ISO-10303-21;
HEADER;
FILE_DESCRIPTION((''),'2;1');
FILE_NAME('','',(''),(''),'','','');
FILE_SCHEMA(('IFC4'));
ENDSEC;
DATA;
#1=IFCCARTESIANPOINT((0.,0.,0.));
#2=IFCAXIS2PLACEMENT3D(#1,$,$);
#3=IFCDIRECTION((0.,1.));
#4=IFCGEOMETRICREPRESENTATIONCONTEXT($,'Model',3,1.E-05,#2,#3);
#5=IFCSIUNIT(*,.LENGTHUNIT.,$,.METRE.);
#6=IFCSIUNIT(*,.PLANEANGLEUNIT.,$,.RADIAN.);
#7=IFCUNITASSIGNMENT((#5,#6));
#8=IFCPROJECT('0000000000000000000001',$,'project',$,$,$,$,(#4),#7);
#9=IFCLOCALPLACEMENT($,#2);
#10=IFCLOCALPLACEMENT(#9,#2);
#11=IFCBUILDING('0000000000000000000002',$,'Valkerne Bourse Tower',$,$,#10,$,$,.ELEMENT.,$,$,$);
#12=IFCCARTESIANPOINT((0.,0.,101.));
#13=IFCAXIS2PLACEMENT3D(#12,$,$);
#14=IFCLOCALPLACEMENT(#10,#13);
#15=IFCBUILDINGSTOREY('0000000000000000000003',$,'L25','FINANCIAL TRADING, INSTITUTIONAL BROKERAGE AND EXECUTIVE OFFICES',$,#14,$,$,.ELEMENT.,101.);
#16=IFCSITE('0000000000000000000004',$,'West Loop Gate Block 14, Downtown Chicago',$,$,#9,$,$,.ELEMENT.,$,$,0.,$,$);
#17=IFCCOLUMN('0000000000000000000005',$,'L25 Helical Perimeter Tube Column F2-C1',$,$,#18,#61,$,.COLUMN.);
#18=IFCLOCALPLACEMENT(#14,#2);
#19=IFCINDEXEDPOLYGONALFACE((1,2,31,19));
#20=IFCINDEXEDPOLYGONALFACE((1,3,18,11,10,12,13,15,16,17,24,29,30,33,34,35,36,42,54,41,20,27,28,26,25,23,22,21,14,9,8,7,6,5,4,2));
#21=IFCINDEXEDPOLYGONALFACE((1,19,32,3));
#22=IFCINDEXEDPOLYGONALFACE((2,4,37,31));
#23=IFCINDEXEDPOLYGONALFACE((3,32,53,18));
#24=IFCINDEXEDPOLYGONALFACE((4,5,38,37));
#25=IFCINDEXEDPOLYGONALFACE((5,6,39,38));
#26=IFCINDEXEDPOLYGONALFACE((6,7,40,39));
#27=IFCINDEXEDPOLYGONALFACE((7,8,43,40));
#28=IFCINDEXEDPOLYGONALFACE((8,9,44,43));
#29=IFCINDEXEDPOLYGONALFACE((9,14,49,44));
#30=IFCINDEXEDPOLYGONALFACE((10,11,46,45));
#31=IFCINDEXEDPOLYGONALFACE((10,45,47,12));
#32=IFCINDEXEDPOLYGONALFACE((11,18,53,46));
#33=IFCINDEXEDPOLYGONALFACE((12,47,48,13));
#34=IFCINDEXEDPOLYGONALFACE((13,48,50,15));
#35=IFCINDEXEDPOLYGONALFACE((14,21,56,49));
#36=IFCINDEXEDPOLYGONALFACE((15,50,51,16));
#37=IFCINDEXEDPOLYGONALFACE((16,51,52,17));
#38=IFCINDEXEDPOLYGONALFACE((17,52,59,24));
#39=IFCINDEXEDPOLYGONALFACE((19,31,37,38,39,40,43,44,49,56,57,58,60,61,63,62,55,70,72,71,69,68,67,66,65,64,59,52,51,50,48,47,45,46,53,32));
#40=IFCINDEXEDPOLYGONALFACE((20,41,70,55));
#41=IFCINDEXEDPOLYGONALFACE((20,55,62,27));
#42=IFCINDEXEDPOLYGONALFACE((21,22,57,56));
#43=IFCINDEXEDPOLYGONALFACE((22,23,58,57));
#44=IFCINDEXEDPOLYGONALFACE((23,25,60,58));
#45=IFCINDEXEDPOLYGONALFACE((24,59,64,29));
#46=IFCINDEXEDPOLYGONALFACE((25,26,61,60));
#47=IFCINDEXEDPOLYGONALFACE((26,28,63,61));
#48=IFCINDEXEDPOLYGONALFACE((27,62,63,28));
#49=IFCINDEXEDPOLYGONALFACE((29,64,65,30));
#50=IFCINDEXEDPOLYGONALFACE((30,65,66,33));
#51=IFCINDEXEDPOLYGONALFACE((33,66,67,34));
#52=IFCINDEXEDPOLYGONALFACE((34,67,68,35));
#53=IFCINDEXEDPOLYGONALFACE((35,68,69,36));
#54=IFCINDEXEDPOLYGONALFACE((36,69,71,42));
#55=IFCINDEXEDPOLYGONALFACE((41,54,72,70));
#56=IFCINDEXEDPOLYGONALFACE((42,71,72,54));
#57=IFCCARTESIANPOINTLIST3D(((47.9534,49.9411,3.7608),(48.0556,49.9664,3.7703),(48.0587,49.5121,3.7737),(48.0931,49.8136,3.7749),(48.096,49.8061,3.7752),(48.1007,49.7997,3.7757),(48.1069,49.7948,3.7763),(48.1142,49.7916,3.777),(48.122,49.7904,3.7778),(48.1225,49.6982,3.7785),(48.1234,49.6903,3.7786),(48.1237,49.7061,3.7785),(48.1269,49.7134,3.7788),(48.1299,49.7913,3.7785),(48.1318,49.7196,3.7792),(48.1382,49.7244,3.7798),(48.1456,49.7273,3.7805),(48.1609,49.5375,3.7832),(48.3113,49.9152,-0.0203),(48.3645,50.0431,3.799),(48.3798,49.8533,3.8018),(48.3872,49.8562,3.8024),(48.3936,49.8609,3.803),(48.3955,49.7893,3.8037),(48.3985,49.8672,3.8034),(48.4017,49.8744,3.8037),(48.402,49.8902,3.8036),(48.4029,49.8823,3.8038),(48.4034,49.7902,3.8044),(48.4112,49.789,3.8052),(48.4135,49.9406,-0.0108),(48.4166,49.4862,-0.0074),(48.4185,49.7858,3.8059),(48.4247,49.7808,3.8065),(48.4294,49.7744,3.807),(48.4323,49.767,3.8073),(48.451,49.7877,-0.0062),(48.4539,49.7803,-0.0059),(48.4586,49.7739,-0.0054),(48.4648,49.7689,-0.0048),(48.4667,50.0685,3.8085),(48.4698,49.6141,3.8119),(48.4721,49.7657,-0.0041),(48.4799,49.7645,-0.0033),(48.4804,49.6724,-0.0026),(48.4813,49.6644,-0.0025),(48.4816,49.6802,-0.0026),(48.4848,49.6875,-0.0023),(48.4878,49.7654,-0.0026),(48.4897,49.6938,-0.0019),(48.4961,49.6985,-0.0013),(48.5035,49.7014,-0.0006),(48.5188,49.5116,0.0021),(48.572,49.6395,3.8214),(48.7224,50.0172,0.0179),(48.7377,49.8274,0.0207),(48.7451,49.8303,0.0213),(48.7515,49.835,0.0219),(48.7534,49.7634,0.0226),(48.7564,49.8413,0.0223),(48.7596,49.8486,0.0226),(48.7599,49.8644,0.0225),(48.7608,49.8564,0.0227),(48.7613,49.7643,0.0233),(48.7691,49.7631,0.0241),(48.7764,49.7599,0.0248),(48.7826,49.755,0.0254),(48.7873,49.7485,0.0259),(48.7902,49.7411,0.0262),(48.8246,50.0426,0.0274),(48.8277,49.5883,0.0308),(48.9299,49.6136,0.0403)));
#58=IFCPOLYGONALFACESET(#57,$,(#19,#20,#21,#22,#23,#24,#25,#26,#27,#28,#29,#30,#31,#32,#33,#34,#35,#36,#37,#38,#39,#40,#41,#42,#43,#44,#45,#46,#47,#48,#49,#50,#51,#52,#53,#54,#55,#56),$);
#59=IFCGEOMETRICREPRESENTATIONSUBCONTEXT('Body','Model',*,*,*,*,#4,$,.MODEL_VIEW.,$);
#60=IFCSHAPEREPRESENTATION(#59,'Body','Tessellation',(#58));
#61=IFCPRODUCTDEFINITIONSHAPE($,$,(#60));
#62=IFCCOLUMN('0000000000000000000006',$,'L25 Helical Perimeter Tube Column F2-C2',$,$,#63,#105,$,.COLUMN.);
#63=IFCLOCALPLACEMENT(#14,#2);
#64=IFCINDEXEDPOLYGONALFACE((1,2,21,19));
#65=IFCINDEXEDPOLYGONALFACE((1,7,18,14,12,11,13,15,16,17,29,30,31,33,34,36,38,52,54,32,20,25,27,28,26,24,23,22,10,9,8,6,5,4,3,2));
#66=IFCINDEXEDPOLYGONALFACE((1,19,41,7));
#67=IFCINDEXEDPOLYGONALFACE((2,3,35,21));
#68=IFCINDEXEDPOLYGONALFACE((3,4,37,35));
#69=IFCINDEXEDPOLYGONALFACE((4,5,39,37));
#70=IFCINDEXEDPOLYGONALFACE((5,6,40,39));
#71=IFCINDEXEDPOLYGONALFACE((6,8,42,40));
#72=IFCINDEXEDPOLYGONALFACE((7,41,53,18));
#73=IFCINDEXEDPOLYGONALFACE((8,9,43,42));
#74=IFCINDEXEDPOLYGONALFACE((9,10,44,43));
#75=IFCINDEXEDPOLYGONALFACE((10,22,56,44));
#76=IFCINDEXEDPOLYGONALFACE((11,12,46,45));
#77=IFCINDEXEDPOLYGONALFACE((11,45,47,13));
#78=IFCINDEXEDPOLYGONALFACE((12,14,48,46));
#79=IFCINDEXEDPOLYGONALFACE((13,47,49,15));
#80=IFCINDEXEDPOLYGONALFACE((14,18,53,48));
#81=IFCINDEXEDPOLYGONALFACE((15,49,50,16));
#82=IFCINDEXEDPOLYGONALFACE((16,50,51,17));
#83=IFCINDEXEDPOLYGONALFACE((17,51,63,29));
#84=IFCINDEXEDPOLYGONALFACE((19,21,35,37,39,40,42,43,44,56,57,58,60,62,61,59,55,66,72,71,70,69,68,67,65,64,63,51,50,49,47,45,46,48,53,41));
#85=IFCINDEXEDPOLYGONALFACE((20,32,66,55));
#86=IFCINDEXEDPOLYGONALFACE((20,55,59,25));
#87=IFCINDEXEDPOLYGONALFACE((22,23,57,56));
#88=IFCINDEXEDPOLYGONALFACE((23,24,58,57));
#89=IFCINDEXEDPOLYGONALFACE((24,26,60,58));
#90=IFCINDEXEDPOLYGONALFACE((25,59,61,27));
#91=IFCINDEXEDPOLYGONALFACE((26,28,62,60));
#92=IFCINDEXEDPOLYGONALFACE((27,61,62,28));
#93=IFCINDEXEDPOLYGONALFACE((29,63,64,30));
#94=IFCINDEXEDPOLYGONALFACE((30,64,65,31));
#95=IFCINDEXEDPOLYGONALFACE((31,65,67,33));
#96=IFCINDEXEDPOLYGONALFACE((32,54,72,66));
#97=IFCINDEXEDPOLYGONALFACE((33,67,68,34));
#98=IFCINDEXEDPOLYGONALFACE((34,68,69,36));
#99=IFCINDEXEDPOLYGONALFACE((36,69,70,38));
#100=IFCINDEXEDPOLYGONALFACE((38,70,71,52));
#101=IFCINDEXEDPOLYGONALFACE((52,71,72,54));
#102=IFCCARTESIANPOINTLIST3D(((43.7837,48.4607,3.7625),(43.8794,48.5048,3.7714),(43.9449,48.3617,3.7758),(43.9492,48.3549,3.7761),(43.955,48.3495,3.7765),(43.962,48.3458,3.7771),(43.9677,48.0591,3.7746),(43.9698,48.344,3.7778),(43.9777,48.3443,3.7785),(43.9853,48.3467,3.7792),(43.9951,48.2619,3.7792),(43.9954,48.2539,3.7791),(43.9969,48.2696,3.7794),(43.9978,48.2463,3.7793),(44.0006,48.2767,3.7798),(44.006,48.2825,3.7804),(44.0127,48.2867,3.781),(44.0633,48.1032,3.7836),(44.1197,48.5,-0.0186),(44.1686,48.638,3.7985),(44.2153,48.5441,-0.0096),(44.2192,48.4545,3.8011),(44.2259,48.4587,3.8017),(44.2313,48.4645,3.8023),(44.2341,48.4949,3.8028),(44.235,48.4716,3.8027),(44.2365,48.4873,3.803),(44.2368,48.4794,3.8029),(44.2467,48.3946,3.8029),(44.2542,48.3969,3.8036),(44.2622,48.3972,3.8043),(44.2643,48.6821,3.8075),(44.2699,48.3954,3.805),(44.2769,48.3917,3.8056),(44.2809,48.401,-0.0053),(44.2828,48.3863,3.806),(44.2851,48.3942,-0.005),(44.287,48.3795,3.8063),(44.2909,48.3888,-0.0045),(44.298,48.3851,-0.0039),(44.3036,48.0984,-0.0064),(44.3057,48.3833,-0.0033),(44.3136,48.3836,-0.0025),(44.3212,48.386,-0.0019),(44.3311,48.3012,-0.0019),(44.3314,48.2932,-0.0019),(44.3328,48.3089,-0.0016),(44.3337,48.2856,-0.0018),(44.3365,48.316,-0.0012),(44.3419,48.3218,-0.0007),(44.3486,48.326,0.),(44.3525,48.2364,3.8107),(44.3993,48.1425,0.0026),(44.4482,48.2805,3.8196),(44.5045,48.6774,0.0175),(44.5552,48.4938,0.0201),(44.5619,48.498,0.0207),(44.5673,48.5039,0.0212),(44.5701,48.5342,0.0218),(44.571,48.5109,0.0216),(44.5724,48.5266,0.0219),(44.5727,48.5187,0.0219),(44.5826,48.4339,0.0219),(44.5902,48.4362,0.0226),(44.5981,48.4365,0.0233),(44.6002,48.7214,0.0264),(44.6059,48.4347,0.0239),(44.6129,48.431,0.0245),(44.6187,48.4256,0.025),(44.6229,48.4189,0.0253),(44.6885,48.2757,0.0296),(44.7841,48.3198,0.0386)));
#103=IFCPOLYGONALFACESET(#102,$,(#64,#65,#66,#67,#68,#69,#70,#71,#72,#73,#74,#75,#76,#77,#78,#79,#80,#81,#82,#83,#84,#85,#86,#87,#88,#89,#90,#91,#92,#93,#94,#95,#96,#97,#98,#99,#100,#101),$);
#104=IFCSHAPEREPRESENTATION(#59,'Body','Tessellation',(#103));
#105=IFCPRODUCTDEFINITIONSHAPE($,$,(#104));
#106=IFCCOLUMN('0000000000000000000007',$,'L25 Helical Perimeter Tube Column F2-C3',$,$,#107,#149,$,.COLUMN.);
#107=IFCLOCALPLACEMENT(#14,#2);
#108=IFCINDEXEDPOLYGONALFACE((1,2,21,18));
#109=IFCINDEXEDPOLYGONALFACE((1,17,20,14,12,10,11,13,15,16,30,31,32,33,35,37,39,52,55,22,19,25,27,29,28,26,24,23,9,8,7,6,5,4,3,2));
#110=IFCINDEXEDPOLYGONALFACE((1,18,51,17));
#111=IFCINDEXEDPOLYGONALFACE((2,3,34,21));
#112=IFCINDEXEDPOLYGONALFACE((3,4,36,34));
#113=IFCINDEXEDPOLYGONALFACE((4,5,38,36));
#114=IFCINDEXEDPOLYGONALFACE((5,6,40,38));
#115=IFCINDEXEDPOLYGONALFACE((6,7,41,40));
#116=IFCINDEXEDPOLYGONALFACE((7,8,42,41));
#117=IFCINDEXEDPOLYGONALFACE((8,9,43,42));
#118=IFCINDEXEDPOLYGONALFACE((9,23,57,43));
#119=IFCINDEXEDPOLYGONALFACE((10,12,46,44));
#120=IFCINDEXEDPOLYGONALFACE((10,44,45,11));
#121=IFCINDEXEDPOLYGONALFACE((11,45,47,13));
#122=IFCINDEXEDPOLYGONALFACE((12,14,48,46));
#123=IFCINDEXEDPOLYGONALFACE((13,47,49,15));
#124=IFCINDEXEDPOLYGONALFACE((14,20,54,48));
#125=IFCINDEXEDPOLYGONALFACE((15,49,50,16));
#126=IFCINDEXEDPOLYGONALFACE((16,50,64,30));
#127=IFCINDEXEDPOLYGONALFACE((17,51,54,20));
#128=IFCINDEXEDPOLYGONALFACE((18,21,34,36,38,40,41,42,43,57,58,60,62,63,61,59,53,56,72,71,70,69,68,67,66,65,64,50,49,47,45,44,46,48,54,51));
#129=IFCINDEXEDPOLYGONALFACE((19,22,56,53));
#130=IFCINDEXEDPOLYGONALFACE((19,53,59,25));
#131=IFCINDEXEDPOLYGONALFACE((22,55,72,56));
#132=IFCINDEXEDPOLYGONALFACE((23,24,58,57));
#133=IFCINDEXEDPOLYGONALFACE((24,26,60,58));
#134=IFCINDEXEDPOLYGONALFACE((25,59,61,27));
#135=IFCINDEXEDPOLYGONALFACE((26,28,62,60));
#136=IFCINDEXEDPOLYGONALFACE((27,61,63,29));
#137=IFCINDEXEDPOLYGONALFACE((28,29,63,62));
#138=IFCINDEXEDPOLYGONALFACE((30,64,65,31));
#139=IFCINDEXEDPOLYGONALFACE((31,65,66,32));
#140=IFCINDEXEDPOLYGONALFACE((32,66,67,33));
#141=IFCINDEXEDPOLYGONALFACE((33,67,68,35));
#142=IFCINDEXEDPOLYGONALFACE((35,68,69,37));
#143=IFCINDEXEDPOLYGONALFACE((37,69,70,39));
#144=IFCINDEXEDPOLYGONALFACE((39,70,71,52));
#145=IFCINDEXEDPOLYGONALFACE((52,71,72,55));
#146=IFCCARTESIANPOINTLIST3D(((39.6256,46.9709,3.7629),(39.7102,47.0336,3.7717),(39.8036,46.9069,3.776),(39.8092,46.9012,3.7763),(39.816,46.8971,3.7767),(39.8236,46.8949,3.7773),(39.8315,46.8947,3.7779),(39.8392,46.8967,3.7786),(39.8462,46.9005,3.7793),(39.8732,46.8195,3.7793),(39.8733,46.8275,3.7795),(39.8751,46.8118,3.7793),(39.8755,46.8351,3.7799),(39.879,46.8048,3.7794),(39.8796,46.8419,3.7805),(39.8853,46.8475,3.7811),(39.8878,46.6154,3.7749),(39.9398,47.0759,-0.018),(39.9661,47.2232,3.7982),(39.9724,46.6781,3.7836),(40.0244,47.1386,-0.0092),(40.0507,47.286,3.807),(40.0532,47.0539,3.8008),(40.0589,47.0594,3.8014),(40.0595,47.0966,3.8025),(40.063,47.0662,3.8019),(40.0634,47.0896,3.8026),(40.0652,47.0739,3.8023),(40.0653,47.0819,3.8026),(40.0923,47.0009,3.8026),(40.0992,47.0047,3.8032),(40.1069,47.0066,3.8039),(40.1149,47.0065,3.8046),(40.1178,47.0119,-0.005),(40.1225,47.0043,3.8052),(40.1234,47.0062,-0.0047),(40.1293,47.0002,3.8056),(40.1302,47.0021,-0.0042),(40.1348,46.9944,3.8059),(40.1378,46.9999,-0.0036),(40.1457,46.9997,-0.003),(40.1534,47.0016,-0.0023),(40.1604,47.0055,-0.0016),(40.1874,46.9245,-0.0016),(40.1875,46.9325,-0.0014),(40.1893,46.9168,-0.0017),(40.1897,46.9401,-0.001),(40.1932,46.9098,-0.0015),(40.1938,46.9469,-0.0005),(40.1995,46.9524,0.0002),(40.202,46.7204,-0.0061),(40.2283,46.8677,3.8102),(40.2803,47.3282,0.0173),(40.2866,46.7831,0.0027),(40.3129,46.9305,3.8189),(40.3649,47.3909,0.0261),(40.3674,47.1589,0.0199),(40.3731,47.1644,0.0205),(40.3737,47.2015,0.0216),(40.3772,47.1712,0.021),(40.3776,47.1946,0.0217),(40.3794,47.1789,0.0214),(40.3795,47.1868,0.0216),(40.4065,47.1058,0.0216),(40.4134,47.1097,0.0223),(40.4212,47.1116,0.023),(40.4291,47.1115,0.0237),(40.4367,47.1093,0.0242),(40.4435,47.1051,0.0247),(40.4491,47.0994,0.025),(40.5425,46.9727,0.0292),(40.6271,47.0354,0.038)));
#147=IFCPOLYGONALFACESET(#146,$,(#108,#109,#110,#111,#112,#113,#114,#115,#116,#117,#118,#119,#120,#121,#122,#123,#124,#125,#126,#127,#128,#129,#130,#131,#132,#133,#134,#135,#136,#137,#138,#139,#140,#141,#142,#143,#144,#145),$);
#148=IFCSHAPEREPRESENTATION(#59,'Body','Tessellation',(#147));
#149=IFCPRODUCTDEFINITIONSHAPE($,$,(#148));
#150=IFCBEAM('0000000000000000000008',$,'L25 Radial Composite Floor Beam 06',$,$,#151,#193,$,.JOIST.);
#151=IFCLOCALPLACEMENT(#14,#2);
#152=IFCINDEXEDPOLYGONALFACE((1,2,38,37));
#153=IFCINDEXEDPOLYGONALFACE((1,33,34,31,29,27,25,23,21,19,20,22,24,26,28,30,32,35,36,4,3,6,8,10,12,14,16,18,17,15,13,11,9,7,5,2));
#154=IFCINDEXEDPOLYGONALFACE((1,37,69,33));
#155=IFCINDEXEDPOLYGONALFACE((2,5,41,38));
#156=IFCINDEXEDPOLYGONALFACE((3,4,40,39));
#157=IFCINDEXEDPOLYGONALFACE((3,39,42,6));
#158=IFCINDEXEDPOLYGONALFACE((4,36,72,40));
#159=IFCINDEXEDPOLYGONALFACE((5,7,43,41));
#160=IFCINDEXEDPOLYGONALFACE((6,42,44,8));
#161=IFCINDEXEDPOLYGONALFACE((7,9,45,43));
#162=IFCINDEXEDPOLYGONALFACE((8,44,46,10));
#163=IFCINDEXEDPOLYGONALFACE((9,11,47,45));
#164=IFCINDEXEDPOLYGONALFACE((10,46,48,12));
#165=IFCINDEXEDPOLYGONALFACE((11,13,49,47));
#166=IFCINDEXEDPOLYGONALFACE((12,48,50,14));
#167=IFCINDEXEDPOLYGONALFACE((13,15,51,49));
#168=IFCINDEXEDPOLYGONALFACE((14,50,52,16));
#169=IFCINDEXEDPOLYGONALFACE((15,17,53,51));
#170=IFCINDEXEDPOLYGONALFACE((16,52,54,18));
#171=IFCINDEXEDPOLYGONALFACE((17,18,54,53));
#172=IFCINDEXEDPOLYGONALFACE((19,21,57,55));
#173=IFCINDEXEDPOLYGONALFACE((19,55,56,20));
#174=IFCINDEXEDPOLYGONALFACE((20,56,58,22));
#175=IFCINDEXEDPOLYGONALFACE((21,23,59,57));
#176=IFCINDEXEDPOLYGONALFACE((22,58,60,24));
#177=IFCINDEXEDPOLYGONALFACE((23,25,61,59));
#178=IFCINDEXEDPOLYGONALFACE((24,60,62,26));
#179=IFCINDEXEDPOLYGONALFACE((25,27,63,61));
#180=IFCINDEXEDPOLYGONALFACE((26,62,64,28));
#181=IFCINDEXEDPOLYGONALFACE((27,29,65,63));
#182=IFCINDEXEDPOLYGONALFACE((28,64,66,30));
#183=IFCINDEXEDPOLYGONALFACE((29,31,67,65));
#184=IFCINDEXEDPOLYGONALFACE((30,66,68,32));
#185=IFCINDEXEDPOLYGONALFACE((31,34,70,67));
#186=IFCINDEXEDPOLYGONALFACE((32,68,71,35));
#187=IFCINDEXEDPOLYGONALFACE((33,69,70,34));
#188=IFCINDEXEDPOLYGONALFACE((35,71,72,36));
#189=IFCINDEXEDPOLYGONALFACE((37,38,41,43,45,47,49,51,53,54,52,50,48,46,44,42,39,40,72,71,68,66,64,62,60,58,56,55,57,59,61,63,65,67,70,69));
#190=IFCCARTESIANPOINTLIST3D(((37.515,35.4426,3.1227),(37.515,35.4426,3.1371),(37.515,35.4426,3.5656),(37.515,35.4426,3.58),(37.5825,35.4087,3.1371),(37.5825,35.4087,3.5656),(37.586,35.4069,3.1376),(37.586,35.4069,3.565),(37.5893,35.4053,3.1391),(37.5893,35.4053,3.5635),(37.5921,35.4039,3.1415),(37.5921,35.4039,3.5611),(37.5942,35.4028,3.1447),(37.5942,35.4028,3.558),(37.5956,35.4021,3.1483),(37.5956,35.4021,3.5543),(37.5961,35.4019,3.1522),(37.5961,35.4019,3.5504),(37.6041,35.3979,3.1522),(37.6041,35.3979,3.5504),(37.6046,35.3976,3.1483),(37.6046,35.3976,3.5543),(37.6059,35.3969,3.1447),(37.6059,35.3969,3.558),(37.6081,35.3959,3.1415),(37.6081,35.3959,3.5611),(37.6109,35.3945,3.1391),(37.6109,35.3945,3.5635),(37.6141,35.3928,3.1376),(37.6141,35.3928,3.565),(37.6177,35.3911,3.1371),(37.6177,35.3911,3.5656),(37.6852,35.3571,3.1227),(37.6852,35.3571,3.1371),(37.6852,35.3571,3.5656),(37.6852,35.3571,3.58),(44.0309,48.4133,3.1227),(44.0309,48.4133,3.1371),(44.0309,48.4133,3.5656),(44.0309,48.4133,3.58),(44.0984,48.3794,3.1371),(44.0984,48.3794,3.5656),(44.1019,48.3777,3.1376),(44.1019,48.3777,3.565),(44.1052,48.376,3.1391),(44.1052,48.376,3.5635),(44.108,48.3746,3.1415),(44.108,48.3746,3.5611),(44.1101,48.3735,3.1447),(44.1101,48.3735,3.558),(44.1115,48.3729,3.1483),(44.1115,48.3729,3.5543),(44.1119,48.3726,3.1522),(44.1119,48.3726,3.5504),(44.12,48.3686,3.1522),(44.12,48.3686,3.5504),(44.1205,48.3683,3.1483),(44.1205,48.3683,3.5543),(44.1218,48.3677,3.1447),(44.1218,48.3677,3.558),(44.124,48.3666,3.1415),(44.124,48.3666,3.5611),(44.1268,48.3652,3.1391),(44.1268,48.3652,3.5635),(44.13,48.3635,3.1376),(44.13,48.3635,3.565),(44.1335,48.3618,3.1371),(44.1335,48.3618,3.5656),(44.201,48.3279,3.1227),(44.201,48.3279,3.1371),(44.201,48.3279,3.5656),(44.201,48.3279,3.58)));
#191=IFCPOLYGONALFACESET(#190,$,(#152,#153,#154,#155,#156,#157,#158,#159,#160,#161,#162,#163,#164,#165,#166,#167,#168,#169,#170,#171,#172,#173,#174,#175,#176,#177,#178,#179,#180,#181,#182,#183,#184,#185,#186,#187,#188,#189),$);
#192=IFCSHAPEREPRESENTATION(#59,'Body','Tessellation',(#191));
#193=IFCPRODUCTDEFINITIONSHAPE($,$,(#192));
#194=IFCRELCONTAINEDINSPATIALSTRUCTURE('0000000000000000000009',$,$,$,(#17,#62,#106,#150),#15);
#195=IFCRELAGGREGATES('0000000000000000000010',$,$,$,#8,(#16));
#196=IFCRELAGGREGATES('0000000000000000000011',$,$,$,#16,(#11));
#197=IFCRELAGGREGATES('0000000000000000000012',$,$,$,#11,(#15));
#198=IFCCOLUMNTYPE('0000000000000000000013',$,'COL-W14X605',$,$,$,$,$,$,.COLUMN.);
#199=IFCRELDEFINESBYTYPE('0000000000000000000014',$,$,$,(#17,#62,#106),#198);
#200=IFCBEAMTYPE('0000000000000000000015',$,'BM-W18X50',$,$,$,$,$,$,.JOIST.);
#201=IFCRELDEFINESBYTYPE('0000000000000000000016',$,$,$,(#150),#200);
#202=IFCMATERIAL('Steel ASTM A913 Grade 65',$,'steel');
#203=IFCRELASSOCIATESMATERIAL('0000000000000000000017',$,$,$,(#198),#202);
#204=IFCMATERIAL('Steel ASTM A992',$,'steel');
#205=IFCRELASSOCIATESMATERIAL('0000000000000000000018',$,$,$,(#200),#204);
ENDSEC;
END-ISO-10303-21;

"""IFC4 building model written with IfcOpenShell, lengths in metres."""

from ifc_helpers import new_model, si_unit, direction, frame, origin, origin_2d, place, context, subcontext, project, spatial, i_section, extrude, material, material_profile, profile_set, type_object, element, save


model = new_model("IFC4")

# Units and contexts
model_context = context("Model", 3, precision=1e-05, world=origin(), true_north=direction((0.0, 1.0)))
body_context = subcontext(model_context, "Body", "Model", "MODEL_VIEW")
ifc_project = project(units=[si_unit("LENGTHUNIT", "METRE"), si_unit("PLANEANGLEUNIT", "RADIAN")], contexts=[model_context])

# Site, building, storey
site_placement = place(None, origin())
site = spatial("IfcSite", under=ifc_project, at=site_placement, Name="West Loop Gate Block 14, Downtown Chicago", CompositionType="ELEMENT", RefElevation=0.0)
building_placement = place(site_placement, origin())
building = spatial("IfcBuilding", under=site, at=building_placement, Name="Valkerne Bourse Tower", CompositionType="ELEMENT")
storey_placement = place(building_placement, frame((0.0, 0.0, 101.0)))
storey = spatial("IfcBuildingStorey", under=building, at=storey_placement, Name="L25", Description="FINANCIAL TRADING, INSTITUTIONAL BROKERAGE AND EXECUTIVE OFFICES", CompositionType="ELEMENT", Elevation=101.0)

# Columns
ifc_material_1 = material(Name="Steel ASTM A913 Grade 65", Category="steel")
ifc_material_profile_1 = material_profile(ifc_material_1, i_section(OverallWidth=0.4419, OverallDepth=0.531, WebThickness=0.0659, FlangeThickness=0.1057, FilletRadius=0.0305, at=origin_2d()), Name="W14X605")
ifc_profile_set_1 = profile_set([ifc_material_profile_1], Name="Steel ASTM A913 Grade 65")
column_type = type_object("IfcColumnType", Name="COL-W14X605", PredefinedType="COLUMN", material=ifc_profile_set_1)
column_1_placement = place(storey_placement, frame((48.6206, 49.7644, 0.01), z_axis=(-0.094237, 0.006814, 0.995527), x_axis=(-0.238246, 0.970766, -0.029197)))
element("IfcColumn", 1, at=column_1_placement, inside=storey, type_object=column_type, Name="L25 Helical Perimeter Tube Column F2-C1", PredefinedType="COLUMN", context=body_context, shape_type="SweptSolid", body=[
    extrude(i_section(OverallWidth=0.4419, OverallDepth=0.531, WebThickness=0.0659, FlangeThickness=0.1057, FilletRadius=0.0305, at=origin_2d()), origin(), (0.0, 0.0, 1.0), 3.7981),
])
column_2_placement = place(storey_placement, frame((44.4519, 48.4099, 0.01), z_axis=(-0.088495, -0.010354, 0.996023), x_axis=(-0.416228, 0.908843, -0.027533)))
element("IfcColumn", 2, at=column_2_placement, inside=storey, type_object=column_type, Name="L25 Helical Perimeter Tube Column F2-C2", PredefinedType="COLUMN", context=body_context, shape_type="SweptSolid", body=[
    extrude(i_section(OverallWidth=0.4419, OverallDepth=0.531, WebThickness=0.0659, FlangeThickness=0.1057, FilletRadius=0.0305, at=origin_2d()), origin(), (0.0, 0.0, 1.0), 3.7961),
])
column_3_placement = place(storey_placement, frame((40.2834, 47.0557, 0.01), z_axis=(-0.082785, -0.027659, 0.996184), x_axis=(-0.593354, 0.80449, -0.026972)))
element("IfcColumn", 3, at=column_3_placement, inside=storey, type_object=column_type, Name="L25 Helical Perimeter Tube Column F2-C3", PredefinedType="COLUMN", context=body_context, shape_type="SweptSolid", body=[
    extrude(i_section(OverallWidth=0.4419, OverallDepth=0.531, WebThickness=0.0659, FlangeThickness=0.1057, FilletRadius=0.0305, at=origin_2d()), origin(), (0.0, 0.0, 1.0), 3.7954),
])

# Beam
ifc_material_2 = material(Name="Steel ASTM A992", Category="steel")
ifc_material_profile_2 = material_profile(ifc_material_2, i_section(OverallWidth=0.1904, OverallDepth=0.4573, WebThickness=0.009, FlangeThickness=0.0144, FilletRadius=0.0151, at=origin_2d()), Name="W18X50")
ifc_profile_set_2 = profile_set([ifc_material_profile_2], Name="Steel ASTM A992")
beam_type_1 = type_object("IfcBeamType", Name="BM-W18X50", PredefinedType="JOIST", material=ifc_profile_set_2)
beam_1_placement = place(storey_placement, frame((44.116, 48.3706, 3.3513), z_axis=(-0.448895, -0.893585, 0.0), x_axis=(0.893585, -0.448895, 0.0)))
element("IfcBeam", 4, at=beam_1_placement, inside=storey, type_object=beam_type_1, Name="L25 Radial Composite Floor Beam 06", PredefinedType="JOIST", context=body_context, shape_type="SweptSolid", body=[
    extrude(i_section(OverallWidth=0.1904, OverallDepth=0.4573, WebThickness=0.009, FlangeThickness=0.0144, FilletRadius=0.0151, at=origin_2d()), origin(), (0.0, 0.0, 1.0), 14.5154),
])

save(model, "model.ifc")
